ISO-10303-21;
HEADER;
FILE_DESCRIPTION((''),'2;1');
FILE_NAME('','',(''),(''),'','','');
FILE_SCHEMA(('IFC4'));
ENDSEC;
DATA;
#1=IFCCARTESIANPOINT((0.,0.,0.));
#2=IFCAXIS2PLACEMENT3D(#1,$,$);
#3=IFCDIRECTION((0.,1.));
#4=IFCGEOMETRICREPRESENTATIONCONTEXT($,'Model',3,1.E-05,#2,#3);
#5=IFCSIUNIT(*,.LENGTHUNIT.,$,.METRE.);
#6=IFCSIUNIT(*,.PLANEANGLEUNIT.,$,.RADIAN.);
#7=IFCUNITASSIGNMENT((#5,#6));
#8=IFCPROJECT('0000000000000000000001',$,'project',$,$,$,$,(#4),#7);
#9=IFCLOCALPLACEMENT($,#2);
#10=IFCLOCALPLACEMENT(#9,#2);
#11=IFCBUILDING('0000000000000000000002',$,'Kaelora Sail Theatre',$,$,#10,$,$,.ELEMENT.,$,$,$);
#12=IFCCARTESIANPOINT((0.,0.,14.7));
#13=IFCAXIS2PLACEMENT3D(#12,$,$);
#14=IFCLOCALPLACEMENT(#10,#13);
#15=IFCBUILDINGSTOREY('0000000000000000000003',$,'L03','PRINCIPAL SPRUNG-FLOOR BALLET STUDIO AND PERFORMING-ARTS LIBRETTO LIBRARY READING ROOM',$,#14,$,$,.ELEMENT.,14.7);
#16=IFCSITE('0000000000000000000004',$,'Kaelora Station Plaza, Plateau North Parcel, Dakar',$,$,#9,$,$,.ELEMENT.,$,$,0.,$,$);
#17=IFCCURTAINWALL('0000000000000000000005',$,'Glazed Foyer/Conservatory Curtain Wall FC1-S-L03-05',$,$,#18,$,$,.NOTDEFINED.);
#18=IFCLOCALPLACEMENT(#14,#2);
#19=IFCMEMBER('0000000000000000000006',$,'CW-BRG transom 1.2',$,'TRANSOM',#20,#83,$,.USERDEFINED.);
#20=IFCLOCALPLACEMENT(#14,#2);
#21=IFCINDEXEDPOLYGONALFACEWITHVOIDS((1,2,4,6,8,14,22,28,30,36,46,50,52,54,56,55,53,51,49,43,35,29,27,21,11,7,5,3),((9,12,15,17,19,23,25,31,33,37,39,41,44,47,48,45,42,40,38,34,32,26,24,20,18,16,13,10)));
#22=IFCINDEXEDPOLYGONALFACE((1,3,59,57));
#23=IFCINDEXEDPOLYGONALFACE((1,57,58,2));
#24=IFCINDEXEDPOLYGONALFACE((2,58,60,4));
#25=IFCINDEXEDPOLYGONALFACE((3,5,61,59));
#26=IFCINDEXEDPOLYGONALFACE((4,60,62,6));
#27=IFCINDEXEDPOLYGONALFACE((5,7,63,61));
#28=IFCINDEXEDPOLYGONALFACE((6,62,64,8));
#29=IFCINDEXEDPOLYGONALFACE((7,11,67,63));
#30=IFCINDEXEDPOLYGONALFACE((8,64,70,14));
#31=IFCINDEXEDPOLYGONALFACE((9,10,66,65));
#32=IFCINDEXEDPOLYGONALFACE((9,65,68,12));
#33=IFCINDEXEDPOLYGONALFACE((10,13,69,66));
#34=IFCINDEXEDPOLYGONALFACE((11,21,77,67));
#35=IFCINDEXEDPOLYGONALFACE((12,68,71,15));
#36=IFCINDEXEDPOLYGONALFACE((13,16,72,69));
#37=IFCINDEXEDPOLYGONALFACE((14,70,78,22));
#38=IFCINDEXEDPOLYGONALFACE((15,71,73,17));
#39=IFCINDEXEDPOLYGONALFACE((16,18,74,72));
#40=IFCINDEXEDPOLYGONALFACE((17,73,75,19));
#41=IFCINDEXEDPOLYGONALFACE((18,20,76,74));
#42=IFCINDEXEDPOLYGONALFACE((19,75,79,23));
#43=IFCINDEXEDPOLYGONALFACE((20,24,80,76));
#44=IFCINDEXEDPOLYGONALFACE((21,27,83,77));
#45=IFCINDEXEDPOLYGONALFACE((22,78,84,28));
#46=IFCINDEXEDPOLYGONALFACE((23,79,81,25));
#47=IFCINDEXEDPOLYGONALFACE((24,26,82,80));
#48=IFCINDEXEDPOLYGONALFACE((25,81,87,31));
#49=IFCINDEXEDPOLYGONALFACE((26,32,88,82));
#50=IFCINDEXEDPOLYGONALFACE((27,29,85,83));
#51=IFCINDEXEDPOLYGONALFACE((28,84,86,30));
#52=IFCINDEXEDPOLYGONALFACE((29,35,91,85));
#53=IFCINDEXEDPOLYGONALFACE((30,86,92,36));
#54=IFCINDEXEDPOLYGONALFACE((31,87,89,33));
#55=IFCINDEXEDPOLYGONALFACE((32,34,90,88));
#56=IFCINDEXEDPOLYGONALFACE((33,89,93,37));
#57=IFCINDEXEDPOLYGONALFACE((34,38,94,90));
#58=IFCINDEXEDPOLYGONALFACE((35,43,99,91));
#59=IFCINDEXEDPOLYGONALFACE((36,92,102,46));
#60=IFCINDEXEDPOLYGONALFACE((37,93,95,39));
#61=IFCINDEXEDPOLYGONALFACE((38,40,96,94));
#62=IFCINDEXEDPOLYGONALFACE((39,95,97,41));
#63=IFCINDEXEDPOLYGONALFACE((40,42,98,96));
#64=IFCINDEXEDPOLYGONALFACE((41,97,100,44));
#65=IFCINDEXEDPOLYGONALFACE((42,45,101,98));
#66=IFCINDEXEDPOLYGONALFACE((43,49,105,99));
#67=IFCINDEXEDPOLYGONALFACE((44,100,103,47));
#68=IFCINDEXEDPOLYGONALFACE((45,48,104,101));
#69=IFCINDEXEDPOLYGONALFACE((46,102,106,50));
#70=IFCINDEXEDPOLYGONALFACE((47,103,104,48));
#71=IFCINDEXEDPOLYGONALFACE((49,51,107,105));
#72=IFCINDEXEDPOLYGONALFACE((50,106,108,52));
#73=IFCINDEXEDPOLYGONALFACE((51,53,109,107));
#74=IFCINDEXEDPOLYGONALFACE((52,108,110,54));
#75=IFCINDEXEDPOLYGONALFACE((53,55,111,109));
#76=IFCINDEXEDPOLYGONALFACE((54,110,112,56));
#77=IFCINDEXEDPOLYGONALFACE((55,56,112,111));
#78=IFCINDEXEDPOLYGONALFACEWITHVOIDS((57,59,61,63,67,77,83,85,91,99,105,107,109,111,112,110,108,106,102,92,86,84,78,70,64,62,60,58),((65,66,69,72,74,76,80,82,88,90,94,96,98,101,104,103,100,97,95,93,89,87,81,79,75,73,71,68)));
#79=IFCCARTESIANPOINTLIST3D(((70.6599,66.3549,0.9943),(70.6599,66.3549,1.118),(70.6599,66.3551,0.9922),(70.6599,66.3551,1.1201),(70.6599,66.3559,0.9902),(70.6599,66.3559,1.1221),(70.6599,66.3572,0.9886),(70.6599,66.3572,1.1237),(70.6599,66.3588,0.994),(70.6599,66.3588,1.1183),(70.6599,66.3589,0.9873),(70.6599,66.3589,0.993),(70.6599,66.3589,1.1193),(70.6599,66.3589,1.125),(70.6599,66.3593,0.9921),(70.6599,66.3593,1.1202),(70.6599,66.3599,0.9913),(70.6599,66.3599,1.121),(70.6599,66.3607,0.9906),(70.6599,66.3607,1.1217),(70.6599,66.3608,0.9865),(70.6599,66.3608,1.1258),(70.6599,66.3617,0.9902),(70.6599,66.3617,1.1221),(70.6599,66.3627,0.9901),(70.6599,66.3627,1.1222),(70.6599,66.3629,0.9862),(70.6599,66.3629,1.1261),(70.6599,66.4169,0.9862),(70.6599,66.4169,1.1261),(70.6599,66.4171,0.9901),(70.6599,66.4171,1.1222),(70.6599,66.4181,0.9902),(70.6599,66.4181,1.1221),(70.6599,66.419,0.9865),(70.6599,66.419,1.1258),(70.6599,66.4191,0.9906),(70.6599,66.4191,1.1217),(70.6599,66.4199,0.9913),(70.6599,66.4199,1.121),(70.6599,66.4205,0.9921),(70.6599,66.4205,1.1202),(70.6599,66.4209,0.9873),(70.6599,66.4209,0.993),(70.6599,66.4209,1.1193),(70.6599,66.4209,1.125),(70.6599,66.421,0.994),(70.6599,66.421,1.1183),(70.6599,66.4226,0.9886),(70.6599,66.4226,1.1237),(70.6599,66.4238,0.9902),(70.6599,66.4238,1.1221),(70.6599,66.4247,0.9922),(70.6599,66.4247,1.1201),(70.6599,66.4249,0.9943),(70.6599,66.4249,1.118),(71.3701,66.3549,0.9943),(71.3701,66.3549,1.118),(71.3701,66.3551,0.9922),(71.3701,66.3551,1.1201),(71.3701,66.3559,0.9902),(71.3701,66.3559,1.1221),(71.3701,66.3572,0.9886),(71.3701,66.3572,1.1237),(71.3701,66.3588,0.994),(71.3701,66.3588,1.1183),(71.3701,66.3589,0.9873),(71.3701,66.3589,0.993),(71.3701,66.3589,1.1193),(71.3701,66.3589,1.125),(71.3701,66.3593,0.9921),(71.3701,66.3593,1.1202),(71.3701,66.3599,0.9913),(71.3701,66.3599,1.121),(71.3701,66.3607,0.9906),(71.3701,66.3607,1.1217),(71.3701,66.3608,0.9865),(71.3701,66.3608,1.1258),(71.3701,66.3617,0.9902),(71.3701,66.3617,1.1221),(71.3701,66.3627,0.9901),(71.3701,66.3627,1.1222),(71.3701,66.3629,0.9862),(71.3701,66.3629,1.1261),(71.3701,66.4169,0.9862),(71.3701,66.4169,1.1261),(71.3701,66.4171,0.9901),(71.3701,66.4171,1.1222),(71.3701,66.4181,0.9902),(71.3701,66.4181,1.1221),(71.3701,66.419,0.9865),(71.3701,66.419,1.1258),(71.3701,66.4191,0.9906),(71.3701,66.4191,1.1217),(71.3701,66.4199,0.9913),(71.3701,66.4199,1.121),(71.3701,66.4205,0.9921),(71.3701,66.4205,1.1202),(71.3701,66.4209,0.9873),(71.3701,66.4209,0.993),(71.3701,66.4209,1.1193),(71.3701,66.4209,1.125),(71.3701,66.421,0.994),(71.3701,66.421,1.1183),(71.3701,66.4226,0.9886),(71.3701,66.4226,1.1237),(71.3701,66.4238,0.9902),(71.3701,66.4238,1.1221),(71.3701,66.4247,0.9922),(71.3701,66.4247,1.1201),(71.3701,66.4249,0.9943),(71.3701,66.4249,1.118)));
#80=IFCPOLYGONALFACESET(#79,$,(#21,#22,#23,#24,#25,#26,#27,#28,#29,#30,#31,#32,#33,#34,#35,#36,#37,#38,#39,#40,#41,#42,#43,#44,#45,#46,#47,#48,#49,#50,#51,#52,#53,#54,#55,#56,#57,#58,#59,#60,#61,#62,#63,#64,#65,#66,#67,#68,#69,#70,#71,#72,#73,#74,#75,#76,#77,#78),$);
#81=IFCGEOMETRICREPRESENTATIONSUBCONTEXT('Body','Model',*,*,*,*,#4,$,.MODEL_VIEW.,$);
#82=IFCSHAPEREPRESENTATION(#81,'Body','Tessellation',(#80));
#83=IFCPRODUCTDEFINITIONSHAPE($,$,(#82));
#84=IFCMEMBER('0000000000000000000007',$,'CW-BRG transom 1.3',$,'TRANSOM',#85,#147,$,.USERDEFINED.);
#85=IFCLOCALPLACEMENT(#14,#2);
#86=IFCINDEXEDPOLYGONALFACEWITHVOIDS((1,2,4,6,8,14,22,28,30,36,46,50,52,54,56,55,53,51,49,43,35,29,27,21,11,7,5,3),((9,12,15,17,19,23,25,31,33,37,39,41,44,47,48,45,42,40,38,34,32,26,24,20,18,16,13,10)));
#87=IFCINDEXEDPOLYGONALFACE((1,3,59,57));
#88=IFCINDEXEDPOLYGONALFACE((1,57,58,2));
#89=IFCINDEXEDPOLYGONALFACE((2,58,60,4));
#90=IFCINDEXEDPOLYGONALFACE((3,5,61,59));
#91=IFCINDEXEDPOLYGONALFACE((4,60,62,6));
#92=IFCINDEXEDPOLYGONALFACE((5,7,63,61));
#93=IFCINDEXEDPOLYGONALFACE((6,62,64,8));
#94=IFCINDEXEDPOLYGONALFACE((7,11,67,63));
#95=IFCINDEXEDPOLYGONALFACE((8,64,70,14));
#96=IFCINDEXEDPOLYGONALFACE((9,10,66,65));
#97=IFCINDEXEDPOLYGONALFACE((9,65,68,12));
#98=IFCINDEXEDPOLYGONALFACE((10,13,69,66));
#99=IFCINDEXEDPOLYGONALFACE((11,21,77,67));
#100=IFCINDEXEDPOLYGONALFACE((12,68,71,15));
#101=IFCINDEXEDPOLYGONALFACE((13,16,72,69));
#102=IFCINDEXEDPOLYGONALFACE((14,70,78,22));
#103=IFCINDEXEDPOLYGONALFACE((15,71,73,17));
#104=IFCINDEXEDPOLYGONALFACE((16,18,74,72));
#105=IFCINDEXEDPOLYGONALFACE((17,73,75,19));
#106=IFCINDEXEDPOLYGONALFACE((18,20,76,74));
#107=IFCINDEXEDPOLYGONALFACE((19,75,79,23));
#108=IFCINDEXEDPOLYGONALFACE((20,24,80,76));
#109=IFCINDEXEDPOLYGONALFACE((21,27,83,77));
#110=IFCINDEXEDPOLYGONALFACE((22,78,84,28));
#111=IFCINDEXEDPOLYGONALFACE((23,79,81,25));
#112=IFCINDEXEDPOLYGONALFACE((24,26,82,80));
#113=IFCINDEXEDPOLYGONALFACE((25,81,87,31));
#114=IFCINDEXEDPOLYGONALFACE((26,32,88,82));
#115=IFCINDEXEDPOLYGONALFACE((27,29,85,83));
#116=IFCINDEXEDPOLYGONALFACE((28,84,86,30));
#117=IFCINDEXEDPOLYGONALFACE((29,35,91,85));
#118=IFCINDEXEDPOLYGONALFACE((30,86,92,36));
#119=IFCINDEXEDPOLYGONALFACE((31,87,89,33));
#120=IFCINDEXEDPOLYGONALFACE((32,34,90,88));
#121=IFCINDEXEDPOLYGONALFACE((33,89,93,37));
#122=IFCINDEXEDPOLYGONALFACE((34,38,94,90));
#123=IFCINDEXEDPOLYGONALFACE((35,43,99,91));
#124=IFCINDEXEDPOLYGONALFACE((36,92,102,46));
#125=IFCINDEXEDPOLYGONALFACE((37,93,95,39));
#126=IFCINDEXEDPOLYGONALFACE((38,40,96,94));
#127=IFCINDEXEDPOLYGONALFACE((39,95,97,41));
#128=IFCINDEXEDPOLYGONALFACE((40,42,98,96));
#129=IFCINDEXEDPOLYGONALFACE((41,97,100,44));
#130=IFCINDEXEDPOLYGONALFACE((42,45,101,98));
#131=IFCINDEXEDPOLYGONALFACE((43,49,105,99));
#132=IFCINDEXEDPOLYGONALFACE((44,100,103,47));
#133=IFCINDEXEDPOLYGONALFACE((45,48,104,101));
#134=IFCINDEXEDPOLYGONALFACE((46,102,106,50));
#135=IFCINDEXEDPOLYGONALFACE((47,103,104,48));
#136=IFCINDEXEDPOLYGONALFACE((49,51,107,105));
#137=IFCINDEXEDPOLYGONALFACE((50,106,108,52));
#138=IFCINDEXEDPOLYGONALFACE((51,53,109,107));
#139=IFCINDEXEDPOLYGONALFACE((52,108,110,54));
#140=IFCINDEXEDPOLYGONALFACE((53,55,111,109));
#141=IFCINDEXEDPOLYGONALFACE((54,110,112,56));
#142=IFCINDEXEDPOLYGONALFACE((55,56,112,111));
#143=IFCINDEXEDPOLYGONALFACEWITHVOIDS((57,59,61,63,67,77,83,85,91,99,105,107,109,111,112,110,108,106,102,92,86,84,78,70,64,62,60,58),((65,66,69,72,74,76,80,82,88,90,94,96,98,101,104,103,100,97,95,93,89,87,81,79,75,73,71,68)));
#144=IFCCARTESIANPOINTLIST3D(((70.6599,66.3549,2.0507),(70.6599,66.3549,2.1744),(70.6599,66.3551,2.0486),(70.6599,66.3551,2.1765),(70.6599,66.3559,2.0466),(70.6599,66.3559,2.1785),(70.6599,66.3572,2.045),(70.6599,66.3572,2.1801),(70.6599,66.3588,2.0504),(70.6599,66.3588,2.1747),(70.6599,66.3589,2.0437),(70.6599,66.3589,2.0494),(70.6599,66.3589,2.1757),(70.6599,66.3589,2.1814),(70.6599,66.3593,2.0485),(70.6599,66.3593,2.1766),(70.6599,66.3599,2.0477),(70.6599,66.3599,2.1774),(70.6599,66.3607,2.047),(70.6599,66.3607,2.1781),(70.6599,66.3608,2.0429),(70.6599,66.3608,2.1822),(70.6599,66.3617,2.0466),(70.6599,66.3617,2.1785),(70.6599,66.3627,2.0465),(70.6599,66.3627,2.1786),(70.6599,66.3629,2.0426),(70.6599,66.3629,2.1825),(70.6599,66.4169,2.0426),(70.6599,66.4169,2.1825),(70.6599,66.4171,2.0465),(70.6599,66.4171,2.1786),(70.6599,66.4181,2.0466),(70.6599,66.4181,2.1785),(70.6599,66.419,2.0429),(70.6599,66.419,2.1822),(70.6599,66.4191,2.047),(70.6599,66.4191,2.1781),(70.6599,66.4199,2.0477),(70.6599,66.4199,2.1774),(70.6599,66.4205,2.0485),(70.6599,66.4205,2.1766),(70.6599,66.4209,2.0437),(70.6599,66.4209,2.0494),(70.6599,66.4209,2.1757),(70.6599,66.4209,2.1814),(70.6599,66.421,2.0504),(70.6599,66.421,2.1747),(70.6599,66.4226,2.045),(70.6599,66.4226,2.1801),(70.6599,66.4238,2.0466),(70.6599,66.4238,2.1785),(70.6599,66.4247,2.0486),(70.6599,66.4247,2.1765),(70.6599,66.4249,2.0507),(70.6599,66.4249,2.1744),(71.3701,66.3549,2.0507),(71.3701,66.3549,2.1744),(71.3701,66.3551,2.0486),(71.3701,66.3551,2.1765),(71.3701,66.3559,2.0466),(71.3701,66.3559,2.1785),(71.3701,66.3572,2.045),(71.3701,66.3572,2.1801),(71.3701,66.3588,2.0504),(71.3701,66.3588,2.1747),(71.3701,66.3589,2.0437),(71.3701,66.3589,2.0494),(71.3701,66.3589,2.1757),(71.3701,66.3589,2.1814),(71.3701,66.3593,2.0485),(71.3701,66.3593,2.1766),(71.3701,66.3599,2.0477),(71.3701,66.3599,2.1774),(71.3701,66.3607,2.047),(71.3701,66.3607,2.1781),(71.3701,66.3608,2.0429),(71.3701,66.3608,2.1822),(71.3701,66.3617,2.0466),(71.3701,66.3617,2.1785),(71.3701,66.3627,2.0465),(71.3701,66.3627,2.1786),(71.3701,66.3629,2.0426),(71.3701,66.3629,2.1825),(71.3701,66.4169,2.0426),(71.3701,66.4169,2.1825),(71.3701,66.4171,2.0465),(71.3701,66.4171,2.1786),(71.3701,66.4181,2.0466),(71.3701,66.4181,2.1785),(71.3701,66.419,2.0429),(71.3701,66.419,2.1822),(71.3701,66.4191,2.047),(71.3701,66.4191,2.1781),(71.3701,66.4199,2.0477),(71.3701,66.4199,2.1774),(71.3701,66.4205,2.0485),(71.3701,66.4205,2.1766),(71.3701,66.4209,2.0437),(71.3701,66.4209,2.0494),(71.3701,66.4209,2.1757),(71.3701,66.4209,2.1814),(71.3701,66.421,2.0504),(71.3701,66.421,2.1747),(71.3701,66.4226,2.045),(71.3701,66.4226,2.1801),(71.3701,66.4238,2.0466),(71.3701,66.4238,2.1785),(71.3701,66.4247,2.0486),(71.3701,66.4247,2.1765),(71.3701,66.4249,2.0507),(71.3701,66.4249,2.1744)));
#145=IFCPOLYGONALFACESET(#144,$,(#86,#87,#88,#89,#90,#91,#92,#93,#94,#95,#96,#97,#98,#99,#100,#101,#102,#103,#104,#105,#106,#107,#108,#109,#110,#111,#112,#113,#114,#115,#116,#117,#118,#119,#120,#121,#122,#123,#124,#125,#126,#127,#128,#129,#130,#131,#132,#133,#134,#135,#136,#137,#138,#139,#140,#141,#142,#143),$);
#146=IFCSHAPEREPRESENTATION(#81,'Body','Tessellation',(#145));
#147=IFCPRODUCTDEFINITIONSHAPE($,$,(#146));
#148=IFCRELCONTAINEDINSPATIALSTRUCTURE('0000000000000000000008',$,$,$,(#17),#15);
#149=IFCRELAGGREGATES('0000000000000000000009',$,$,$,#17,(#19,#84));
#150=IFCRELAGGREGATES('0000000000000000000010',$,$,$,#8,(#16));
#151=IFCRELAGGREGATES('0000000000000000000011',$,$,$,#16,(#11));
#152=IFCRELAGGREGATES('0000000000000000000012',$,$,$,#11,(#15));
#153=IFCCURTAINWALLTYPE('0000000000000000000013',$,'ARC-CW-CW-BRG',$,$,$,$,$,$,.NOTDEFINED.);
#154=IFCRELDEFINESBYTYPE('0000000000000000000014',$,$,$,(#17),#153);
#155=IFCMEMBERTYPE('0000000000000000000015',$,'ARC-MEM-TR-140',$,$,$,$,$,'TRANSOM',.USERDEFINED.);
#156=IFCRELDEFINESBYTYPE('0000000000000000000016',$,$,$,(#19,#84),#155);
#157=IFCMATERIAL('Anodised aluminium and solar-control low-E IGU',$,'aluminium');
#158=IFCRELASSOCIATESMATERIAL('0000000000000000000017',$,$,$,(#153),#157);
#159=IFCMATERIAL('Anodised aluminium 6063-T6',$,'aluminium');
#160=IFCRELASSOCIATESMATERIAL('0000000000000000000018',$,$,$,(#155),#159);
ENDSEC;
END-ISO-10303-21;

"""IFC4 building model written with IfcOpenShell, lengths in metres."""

from ifc_helpers import new_model, si_unit, direction, frame, origin, origin_2d, place, context, subcontext, project, spatial, hollow_rectangle, extrude, material, material_profile, profile_set, type_object, element, aggregate, save


model = new_model("IFC4")

# Units and contexts
model_context = context("Model", 3, precision=1e-05, world=origin(), true_north=direction((0.0, 1.0)))
body_context = subcontext(model_context, "Body", "Model", "MODEL_VIEW")
ifc_project = project(units=[si_unit("LENGTHUNIT", "METRE"), si_unit("PLANEANGLEUNIT", "RADIAN")], contexts=[model_context])

# Site, building, storey
site_placement = place(None, origin())
site = spatial("IfcSite", under=ifc_project, at=site_placement, Name="Kaelora Station Plaza, Plateau North Parcel, Dakar", CompositionType="ELEMENT", RefElevation=0.0)
building_placement = place(site_placement, origin())
building = spatial("IfcBuilding", under=site, at=building_placement, Name="Kaelora Sail Theatre", CompositionType="ELEMENT")
storey_placement = place(building_placement, frame((0.0, 0.0, 14.7)))
storey = spatial("IfcBuildingStorey", under=building, at=storey_placement, Name="L03", Description="PRINCIPAL SPRUNG-FLOOR BALLET STUDIO AND PERFORMING-ARTS LIBRETTO LIBRARY READING ROOM", CompositionType="ELEMENT", Elevation=14.7)

# Curtain wall
ifc_material_1 = material(Name="Anodised aluminium and solar-control low-E IGU", Category="aluminium")
curtain_wall_type = type_object("IfcCurtainWallType", Name="ARC-CW-CW-BRG", PredefinedType="NOTDEFINED", material=ifc_material_1)
curtain_wall_1_placement = place(storey_placement, origin())
curtain_wall_1 = element("IfcCurtainWall", 1, at=curtain_wall_1_placement, inside=storey, type_object=curtain_wall_type, Name="Glazed Foyer/Conservatory Curtain Wall FC1-S-L03-05", PredefinedType="NOTDEFINED")

# Members
ifc_material_2 = material(Name="Anodised aluminium 6063-T6", Category="aluminium")
ifc_material_profile_1 = material_profile(ifc_material_2, hollow_rectangle(XDim=0.0701, YDim=0.1399, WallThickness=0.0039, InnerFilletRadius=0.0039, OuterFilletRadius=0.0081, at=origin_2d()), Name="ALU-TRAN 70x140x4")
ifc_profile_set_1 = profile_set([ifc_material_profile_1], Name="Anodised aluminium 6063-T6")
member_type_1 = type_object("IfcMemberType", Name="ARC-MEM-TR-140", ElementType="TRANSOM", PredefinedType="USERDEFINED", material=ifc_profile_set_1)
member_1_placement = place(storey_placement, frame((70.6599, 66.3899, 1.0562), z_axis=(1.0, 0.0, 0.0), x_axis=(0.0, 1.0, 0.0)))
member_1 = element("IfcMember", 2, at=member_1_placement, type_object=member_type_1, Name="CW-BRG transom 1.2", ObjectType="TRANSOM", PredefinedType="USERDEFINED", context=body_context, shape_type="SweptSolid", body=[
    extrude(hollow_rectangle(XDim=0.0701, YDim=0.1399, WallThickness=0.0039, InnerFilletRadius=0.0039, OuterFilletRadius=0.0081, at=origin_2d()), origin(), (0.0, 0.0, 1.0), 0.7102),
])
member_2_placement = place(storey_placement, frame((70.6599, 66.3899, 2.1125), z_axis=(1.0, 0.0, 0.0), x_axis=(0.0, 1.0, 0.0)))
member_2 = element("IfcMember", 3, at=member_2_placement, type_object=member_type_1, Name="CW-BRG transom 1.3", ObjectType="TRANSOM", PredefinedType="USERDEFINED", context=body_context, shape_type="SweptSolid", body=[
    extrude(hollow_rectangle(XDim=0.0701, YDim=0.1399, WallThickness=0.0039, InnerFilletRadius=0.0039, OuterFilletRadius=0.0081, at=origin_2d()), origin(), (0.0, 0.0, 1.0), 0.7102),
])

aggregate(curtain_wall_1, [member_1, member_2])

save(model, "model.ifc")
